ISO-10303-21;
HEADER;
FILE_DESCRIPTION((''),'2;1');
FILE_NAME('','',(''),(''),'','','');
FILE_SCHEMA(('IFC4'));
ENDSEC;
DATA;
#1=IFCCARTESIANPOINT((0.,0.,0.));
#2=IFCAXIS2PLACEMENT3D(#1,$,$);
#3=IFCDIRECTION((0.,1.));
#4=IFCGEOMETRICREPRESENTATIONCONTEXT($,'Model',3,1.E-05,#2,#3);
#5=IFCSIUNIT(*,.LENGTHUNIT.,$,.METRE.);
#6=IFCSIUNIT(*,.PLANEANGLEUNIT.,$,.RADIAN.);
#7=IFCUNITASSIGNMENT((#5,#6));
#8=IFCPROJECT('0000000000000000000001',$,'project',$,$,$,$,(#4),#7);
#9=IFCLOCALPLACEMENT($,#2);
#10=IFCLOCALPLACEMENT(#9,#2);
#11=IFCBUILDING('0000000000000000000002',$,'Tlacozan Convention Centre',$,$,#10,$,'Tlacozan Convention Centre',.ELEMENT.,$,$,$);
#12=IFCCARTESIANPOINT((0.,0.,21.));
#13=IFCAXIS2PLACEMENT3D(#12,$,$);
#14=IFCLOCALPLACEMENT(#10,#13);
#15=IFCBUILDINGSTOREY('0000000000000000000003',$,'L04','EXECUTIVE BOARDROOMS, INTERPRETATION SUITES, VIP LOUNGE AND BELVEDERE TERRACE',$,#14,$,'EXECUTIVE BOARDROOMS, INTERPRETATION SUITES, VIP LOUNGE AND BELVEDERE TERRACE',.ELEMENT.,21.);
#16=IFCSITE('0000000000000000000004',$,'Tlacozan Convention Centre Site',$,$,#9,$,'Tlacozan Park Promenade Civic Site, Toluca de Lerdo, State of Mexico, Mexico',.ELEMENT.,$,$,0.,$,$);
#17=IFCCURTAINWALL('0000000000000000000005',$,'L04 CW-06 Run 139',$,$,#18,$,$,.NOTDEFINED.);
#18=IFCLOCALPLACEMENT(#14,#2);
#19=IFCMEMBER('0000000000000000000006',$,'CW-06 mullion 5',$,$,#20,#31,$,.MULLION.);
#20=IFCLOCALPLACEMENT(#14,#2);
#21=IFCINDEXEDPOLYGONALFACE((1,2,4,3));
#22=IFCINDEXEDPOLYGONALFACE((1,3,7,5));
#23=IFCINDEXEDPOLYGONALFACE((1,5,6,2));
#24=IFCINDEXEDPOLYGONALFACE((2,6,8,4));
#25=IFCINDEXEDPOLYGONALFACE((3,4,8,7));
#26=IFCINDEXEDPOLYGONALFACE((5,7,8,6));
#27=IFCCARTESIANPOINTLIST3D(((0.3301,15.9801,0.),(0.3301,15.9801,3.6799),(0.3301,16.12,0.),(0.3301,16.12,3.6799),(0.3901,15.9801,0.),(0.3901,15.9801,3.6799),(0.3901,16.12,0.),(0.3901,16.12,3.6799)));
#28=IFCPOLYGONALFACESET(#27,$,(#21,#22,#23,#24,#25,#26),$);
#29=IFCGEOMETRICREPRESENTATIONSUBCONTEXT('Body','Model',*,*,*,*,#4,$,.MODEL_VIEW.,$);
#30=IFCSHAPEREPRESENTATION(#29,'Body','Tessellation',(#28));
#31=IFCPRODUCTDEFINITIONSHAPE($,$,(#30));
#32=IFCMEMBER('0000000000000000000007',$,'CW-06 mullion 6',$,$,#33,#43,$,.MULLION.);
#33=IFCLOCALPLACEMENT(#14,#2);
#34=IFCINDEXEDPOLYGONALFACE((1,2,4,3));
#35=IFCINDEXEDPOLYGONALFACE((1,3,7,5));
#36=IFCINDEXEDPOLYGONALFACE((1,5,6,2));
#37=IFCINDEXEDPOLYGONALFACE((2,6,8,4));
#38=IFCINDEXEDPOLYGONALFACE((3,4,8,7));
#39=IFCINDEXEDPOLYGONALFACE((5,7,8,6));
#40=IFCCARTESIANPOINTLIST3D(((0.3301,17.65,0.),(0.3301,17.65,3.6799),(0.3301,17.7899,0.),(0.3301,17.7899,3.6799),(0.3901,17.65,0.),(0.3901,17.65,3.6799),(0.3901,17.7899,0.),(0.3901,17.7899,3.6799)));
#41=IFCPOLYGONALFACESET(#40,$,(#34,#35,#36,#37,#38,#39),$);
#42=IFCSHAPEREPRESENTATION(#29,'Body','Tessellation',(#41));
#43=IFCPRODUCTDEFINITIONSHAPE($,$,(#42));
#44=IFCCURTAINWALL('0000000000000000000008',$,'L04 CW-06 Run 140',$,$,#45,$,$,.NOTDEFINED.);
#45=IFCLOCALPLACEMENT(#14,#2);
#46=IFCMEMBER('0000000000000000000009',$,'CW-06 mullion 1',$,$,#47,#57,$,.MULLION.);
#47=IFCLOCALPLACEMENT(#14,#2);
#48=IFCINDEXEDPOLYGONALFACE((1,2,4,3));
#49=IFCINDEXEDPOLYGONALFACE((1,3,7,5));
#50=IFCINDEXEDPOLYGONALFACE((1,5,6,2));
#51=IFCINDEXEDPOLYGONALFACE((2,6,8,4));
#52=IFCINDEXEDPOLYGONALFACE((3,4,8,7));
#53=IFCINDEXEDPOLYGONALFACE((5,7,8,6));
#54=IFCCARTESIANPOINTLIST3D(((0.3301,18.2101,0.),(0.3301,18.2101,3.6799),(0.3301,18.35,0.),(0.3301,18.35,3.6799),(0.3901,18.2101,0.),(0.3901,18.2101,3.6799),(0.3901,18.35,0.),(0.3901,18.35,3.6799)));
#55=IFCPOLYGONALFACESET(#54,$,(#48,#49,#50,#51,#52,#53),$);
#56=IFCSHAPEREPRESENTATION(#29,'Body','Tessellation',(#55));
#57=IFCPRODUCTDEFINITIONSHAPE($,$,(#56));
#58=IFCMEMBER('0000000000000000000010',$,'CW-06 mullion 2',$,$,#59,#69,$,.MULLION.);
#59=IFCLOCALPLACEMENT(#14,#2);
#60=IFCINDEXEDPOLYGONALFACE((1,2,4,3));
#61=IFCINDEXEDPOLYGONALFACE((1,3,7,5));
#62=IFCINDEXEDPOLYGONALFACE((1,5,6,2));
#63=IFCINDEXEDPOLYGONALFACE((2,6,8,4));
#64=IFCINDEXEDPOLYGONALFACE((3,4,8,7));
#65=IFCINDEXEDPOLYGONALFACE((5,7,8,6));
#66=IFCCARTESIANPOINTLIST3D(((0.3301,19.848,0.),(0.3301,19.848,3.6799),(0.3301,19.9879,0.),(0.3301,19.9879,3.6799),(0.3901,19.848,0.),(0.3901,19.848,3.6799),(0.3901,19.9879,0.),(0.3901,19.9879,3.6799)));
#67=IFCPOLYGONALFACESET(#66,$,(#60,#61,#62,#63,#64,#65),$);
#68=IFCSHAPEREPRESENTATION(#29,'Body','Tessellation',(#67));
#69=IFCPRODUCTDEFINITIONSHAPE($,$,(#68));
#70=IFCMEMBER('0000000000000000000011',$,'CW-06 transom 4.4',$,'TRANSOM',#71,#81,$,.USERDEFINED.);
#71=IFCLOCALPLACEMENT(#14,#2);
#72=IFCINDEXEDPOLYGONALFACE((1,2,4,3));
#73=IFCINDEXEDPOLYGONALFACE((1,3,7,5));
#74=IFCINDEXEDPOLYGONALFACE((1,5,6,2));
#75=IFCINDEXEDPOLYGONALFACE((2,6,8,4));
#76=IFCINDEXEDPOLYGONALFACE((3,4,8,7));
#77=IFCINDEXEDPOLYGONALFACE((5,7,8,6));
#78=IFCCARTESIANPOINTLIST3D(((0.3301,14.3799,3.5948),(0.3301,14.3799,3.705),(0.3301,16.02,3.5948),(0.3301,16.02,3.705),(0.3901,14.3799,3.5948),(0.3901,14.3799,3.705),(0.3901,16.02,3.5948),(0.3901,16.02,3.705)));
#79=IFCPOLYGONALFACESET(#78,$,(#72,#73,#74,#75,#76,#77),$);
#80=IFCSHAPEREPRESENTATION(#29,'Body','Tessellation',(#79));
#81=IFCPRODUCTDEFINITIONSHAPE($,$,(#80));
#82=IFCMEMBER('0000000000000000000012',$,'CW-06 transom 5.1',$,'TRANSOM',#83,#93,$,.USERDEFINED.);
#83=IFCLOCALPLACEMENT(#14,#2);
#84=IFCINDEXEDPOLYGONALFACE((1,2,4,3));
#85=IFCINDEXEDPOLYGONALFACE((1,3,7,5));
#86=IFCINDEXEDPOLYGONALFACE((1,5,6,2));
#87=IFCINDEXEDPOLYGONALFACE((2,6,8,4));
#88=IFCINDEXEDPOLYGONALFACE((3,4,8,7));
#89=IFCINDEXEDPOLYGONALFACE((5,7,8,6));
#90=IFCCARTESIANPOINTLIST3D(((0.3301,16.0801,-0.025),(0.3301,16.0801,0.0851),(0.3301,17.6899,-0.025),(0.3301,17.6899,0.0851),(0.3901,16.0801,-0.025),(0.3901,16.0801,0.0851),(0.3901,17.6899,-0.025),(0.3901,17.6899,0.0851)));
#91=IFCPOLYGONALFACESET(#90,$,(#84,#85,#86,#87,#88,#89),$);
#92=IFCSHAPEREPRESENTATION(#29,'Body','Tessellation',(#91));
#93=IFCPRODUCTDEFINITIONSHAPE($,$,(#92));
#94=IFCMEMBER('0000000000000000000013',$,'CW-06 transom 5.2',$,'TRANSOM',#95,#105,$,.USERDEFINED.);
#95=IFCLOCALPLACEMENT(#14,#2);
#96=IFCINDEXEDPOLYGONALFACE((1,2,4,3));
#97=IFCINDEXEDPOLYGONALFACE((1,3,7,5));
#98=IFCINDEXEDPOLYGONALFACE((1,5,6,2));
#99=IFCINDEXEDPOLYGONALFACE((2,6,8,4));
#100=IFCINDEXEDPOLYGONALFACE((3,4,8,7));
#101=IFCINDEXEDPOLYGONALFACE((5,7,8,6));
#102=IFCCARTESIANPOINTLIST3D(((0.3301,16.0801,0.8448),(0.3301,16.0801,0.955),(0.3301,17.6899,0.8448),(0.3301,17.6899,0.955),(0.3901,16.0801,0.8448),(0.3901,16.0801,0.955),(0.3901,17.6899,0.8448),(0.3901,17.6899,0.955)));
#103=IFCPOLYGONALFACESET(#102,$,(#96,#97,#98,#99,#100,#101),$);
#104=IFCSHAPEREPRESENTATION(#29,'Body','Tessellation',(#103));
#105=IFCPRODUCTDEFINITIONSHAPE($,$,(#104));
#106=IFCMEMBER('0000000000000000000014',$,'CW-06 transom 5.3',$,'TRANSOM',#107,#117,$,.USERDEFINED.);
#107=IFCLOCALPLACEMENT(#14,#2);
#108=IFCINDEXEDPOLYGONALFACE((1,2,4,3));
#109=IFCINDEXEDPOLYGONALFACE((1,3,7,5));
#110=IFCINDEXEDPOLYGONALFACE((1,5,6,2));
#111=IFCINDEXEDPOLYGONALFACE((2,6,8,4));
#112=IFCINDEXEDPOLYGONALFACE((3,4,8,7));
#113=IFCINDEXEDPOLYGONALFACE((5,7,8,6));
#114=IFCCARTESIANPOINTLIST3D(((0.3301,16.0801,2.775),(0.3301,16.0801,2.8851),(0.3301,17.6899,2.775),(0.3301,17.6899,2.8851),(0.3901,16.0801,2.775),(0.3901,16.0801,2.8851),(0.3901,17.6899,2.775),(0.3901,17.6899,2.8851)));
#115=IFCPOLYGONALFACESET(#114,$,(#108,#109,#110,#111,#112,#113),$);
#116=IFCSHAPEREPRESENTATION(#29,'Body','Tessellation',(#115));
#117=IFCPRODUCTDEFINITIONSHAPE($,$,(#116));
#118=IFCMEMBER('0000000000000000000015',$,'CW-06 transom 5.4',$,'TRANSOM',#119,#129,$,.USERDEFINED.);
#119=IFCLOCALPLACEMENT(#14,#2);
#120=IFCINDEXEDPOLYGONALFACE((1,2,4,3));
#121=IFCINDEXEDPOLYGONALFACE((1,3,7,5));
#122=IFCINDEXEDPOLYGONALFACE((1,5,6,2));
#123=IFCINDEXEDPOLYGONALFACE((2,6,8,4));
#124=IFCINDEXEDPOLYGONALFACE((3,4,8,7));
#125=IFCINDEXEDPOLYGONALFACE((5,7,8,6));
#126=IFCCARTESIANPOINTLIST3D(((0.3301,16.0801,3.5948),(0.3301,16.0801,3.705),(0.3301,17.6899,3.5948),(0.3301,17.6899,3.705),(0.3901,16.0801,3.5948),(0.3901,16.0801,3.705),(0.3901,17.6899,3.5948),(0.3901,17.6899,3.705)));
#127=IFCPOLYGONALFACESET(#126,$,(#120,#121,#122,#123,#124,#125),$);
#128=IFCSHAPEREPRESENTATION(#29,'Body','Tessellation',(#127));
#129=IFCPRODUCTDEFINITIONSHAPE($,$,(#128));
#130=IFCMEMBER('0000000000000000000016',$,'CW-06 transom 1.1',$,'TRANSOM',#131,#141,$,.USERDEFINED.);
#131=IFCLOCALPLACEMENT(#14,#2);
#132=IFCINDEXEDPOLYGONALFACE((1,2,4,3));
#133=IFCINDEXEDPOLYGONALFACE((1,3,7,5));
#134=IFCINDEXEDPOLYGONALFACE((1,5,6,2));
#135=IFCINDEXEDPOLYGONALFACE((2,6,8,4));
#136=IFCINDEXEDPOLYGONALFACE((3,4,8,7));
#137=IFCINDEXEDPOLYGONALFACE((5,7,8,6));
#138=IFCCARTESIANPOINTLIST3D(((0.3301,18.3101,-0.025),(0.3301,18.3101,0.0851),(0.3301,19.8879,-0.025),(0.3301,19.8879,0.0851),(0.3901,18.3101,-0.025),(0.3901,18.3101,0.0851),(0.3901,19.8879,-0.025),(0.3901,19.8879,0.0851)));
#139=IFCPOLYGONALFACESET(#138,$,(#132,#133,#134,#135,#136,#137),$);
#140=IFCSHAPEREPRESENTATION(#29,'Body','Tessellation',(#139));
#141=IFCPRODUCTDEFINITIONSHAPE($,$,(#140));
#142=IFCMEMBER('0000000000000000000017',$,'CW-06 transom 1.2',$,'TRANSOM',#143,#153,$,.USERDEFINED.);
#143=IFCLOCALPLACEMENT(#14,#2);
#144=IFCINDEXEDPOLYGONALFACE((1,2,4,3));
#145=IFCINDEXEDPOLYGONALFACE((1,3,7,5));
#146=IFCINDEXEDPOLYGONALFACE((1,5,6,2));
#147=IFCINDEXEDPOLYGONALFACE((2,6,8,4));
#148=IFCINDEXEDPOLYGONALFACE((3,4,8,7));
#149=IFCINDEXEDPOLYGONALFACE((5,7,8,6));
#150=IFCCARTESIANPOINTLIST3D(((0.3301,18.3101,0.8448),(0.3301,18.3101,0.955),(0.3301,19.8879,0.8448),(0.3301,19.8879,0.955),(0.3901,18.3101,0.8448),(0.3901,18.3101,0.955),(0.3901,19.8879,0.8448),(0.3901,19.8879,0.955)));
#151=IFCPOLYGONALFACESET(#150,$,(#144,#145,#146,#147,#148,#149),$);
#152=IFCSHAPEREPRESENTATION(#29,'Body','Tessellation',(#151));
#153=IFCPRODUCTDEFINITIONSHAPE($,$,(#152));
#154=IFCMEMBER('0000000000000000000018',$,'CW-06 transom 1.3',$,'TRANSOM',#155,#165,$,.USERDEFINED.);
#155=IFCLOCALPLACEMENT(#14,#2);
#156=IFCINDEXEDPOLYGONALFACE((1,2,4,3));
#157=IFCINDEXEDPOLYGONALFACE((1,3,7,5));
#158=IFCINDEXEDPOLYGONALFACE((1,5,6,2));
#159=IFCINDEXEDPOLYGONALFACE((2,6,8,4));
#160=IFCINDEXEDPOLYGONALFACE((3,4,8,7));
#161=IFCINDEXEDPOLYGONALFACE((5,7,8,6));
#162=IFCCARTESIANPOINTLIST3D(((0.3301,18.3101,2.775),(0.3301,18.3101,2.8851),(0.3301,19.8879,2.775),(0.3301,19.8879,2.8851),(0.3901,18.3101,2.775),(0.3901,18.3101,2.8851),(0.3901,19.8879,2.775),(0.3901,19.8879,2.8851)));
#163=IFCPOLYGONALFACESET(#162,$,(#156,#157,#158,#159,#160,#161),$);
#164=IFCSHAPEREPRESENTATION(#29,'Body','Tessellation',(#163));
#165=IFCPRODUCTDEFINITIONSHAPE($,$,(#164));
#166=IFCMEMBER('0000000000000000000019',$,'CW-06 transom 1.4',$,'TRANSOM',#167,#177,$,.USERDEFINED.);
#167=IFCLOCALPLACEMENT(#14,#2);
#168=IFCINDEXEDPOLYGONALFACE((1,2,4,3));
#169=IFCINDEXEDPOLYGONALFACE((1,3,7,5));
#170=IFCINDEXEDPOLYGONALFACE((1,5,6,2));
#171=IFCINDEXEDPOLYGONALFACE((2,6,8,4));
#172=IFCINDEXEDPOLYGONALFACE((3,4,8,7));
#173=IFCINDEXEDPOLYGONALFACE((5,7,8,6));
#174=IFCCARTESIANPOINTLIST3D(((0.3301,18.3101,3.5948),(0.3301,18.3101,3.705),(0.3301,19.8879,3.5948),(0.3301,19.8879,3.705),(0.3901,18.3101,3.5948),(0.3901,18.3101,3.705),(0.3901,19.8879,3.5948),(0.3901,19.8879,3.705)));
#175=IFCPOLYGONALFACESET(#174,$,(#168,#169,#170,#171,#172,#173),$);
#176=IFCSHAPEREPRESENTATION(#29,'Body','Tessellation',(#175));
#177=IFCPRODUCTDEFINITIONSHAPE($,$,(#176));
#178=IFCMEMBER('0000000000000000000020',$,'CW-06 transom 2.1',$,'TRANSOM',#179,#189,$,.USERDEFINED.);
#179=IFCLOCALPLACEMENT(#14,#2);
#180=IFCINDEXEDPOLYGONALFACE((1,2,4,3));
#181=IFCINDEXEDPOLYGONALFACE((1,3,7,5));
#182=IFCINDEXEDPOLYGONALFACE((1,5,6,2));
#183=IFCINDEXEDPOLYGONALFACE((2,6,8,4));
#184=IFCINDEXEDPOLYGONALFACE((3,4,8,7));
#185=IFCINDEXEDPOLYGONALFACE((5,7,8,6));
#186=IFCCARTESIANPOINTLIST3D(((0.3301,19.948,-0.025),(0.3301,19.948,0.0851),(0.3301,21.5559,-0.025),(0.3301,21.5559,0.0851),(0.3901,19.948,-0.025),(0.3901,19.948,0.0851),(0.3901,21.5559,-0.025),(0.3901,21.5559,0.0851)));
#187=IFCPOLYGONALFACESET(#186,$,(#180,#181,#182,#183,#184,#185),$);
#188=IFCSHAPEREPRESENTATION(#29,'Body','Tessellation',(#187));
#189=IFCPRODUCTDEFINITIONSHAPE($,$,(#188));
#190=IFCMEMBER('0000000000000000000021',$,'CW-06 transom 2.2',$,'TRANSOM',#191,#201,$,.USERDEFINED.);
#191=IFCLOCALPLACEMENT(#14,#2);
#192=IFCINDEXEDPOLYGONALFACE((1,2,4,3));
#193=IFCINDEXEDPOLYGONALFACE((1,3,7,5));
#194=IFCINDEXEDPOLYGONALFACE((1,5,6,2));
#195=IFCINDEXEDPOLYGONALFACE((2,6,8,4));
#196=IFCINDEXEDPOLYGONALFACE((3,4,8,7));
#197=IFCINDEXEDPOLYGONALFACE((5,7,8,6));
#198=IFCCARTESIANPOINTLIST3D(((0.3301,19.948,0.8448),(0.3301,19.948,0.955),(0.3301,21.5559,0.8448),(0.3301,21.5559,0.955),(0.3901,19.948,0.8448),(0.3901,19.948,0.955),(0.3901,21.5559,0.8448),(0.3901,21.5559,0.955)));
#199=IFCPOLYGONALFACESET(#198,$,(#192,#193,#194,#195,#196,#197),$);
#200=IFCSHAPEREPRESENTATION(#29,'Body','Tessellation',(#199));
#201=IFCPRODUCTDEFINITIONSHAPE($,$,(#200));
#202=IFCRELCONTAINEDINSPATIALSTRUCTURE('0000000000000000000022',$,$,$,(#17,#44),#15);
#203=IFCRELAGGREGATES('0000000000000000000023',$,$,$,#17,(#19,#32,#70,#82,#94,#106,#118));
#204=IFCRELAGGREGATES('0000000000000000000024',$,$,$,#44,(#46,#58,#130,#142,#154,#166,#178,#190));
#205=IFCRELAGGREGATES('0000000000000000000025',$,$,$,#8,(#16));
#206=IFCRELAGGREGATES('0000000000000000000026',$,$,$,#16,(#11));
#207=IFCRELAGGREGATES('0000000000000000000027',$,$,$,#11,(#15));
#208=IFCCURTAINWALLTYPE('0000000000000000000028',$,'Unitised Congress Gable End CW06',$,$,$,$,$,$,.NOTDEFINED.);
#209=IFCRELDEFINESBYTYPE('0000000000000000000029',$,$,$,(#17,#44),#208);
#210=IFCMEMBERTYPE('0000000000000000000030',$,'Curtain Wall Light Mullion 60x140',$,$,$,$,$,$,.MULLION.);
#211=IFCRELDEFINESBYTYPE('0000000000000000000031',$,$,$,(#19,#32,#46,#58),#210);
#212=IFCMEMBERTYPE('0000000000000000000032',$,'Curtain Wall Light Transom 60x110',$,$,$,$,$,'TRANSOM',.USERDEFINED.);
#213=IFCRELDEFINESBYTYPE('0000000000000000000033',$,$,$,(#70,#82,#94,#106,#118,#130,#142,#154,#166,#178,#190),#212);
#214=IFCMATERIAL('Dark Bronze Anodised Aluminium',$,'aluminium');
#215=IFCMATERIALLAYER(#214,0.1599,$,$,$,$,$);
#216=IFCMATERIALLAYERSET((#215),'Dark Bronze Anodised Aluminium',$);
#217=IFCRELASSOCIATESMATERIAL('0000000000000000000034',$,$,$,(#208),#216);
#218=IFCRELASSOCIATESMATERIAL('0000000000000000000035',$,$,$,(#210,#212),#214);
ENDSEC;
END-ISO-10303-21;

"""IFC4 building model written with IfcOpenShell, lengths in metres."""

from ifc_helpers import new_model, si_unit, direction, frame, origin, origin_2d, place, context, subcontext, project, spatial, rectangle, extrude, material, layer, layer_set, material_profile, profile_set, type_object, element, aggregate, save


model = new_model("IFC4")

# Units and contexts
model_context = context("Model", 3, precision=1e-05, world=origin(), true_north=direction((0.0, 1.0)))
body_context = subcontext(model_context, "Body", "Model", "MODEL_VIEW")
ifc_project = project(units=[si_unit("LENGTHUNIT", "METRE"), si_unit("PLANEANGLEUNIT", "RADIAN")], contexts=[model_context])

# Site, building, storey
site_placement = place(None, origin())
site = spatial("IfcSite", under=ifc_project, at=site_placement, Name="Tlacozan Convention Centre Site", LongName="Tlacozan Park Promenade Civic Site, Toluca de Lerdo, State of Mexico, Mexico", CompositionType="ELEMENT", RefElevation=0.0)
building_placement = place(site_placement, origin())
building = spatial("IfcBuilding", under=site, at=building_placement, Name="Tlacozan Convention Centre", LongName="Tlacozan Convention Centre", CompositionType="ELEMENT")
storey_placement = place(building_placement, frame((0.0, 0.0, 21.0)))
storey = spatial("IfcBuildingStorey", under=building, at=storey_placement, Name="L04", Description="EXECUTIVE BOARDROOMS, INTERPRETATION SUITES, VIP LOUNGE AND BELVEDERE TERRACE", LongName="EXECUTIVE BOARDROOMS, INTERPRETATION SUITES, VIP LOUNGE AND BELVEDERE TERRACE", CompositionType="ELEMENT", Elevation=21.0)

# Curtain walls, members
ifc_material_1 = material(Name="Dark Bronze Anodised Aluminium", Category="aluminium")
ifc_layer_1 = layer(ifc_material_1, 0.1599)
ifc_layer_set_1 = layer_set([ifc_layer_1], Name="Dark Bronze Anodised Aluminium")
curtain_wall_type = type_object("IfcCurtainWallType", Name="Unitised Congress Gable End CW06", PredefinedType="NOTDEFINED", material=ifc_layer_set_1)
curtain_wall_1_placement = place(storey_placement, origin())
curtain_wall_1 = element("IfcCurtainWall", 1, at=curtain_wall_1_placement, inside=storey, type_object=curtain_wall_type, Name="L04 CW-06 Run 139", PredefinedType="NOTDEFINED")
ifc_material_profile_1 = material_profile(ifc_material_1, rectangle(XDim=0.0601, YDim=0.1399, at=origin_2d()), Name="ALU 60x140")
ifc_profile_set_1 = profile_set([ifc_material_profile_1], Name="Dark Bronze Anodised Aluminium")
member_type_1 = type_object("IfcMemberType", Name="Curtain Wall Light Mullion 60x140", PredefinedType="MULLION", material=ifc_profile_set_1)
member_1_placement = place(storey_placement, frame((0.3601, 16.05, 0.0), z_axis=(0.0, 0.0, 1.0), x_axis=(-1.0, 0.0, 0.0)))
member_1 = element("IfcMember", 2, at=member_1_placement, type_object=member_type_1, Name="CW-06 mullion 5", PredefinedType="MULLION", context=body_context, shape_type="SweptSolid", body=[
    extrude(rectangle(XDim=0.0601, YDim=0.1399, at=origin_2d()), origin(), (0.0, 0.0, 1.0), 3.6799),
])
member_2_placement = place(storey_placement, frame((0.3601, 17.72, 0.0), z_axis=(0.0, 0.0, 1.0), x_axis=(-1.0, 0.0, 0.0)))
member_2 = element("IfcMember", 3, at=member_2_placement, type_object=member_type_1, Name="CW-06 mullion 6", PredefinedType="MULLION", context=body_context, shape_type="SweptSolid", body=[
    extrude(rectangle(XDim=0.0601, YDim=0.1399, at=origin_2d()), origin(), (0.0, 0.0, 1.0), 3.6799),
])
curtain_wall_2_placement = place(storey_placement, origin())
curtain_wall_2 = element("IfcCurtainWall", 4, at=curtain_wall_2_placement, inside=storey, type_object=curtain_wall_type, Name="L04 CW-06 Run 140", PredefinedType="NOTDEFINED")
member_3_placement = place(storey_placement, frame((0.3601, 18.28, 0.0), z_axis=(0.0, 0.0, 1.0), x_axis=(-1.0, 0.0, 0.0)))
member_3 = element("IfcMember", 5, at=member_3_placement, type_object=member_type_1, Name="CW-06 mullion 1", PredefinedType="MULLION", context=body_context, shape_type="SweptSolid", body=[
    extrude(rectangle(XDim=0.0601, YDim=0.1399, at=origin_2d()), origin(), (0.0, 0.0, 1.0), 3.6799),
])
member_4_placement = place(storey_placement, frame((0.3601, 19.918, 0.0), z_axis=(0.0, 0.0, 1.0), x_axis=(-1.0, 0.0, 0.0)))
member_4 = element("IfcMember", 6, at=member_4_placement, type_object=member_type_1, Name="CW-06 mullion 2", PredefinedType="MULLION", context=body_context, shape_type="SweptSolid", body=[
    extrude(rectangle(XDim=0.0601, YDim=0.1399, at=origin_2d()), origin(), (0.0, 0.0, 1.0), 3.6799),
])

# Members
ifc_material_profile_2 = material_profile(ifc_material_1, rectangle(XDim=0.0601, YDim=0.1101, at=origin_2d()), Name="ALU 60x110")
ifc_profile_set_2 = profile_set([ifc_material_profile_2], Name="Dark Bronze Anodised Aluminium")
member_type_2 = type_object("IfcMemberType", Name="Curtain Wall Light Transom 60x110", ElementType="TRANSOM", PredefinedType="USERDEFINED", material=ifc_profile_set_2)
member_5_placement = place(storey_placement, frame((0.3601, 14.3799, 3.6499), z_axis=(0.0, 1.0, 0.0), x_axis=(-1.0, 0.0, 0.0)))
member_5 = element("IfcMember", 7, at=member_5_placement, type_object=member_type_2, Name="CW-06 transom 4.4", ObjectType="TRANSOM", PredefinedType="USERDEFINED", context=body_context, shape_type="SweptSolid", body=[
    extrude(rectangle(XDim=0.0601, YDim=0.1101, at=origin_2d()), origin(), (0.0, 0.0, 1.0), 1.6401),
])
member_6_placement = place(storey_placement, frame((0.3601, 16.0801, 0.03), z_axis=(0.0, 1.0, 0.0), x_axis=(-1.0, 0.0, 0.0)))
member_6 = element("IfcMember", 8, at=member_6_placement, type_object=member_type_2, Name="CW-06 transom 5.1", ObjectType="TRANSOM", PredefinedType="USERDEFINED", context=body_context, shape_type="SweptSolid", body=[
    extrude(rectangle(XDim=0.0601, YDim=0.1101, at=origin_2d()), origin(), (0.0, 0.0, 1.0), 1.6099),
])
member_7_placement = place(storey_placement, frame((0.3601, 16.0801, 0.8999), z_axis=(0.0, 1.0, 0.0), x_axis=(-1.0, 0.0, 0.0)))
member_7 = element("IfcMember", 9, at=member_7_placement, type_object=member_type_2, Name="CW-06 transom 5.2", ObjectType="TRANSOM", PredefinedType="USERDEFINED", context=body_context, shape_type="SweptSolid", body=[
    extrude(rectangle(XDim=0.0601, YDim=0.1101, at=origin_2d()), origin(), (0.0, 0.0, 1.0), 1.6099),
])
member_8_placement = place(storey_placement, frame((0.3601, 16.0801, 2.8301), z_axis=(0.0, 1.0, 0.0), x_axis=(-1.0, 0.0, 0.0)))
member_8 = element("IfcMember", 10, at=member_8_placement, type_object=member_type_2, Name="CW-06 transom 5.3", ObjectType="TRANSOM", PredefinedType="USERDEFINED", context=body_context, shape_type="SweptSolid", body=[
    extrude(rectangle(XDim=0.0601, YDim=0.1101, at=origin_2d()), origin(), (0.0, 0.0, 1.0), 1.6099),
])
member_9_placement = place(storey_placement, frame((0.3601, 16.0801, 3.6499), z_axis=(0.0, 1.0, 0.0), x_axis=(-1.0, 0.0, 0.0)))
member_9 = element("IfcMember", 11, at=member_9_placement, type_object=member_type_2, Name="CW-06 transom 5.4", ObjectType="TRANSOM", PredefinedType="USERDEFINED", context=body_context, shape_type="SweptSolid", body=[
    extrude(rectangle(XDim=0.0601, YDim=0.1101, at=origin_2d()), origin(), (0.0, 0.0, 1.0), 1.6099),
])
member_10_placement = place(storey_placement, frame((0.3601, 18.3101, 0.03), z_axis=(0.0, 1.0, 0.0), x_axis=(-1.0, 0.0, 0.0)))
member_10 = element("IfcMember", 12, at=member_10_placement, type_object=member_type_2, Name="CW-06 transom 1.1", ObjectType="TRANSOM", PredefinedType="USERDEFINED", context=body_context, shape_type="SweptSolid", body=[
    extrude(rectangle(XDim=0.0601, YDim=0.1101, at=origin_2d()), origin(), (0.0, 0.0, 1.0), 1.5779),
])
member_11_placement = place(storey_placement, frame((0.3601, 18.3101, 0.8999), z_axis=(0.0, 1.0, 0.0), x_axis=(-1.0, 0.0, 0.0)))
member_11 = element("IfcMember", 13, at=member_11_placement, type_object=member_type_2, Name="CW-06 transom 1.2", ObjectType="TRANSOM", PredefinedType="USERDEFINED", context=body_context, shape_type="SweptSolid", body=[
    extrude(rectangle(XDim=0.0601, YDim=0.1101, at=origin_2d()), origin(), (0.0, 0.0, 1.0), 1.5779),
])
member_12_placement = place(storey_placement, frame((0.3601, 18.3101, 2.8301), z_axis=(0.0, 1.0, 0.0), x_axis=(-1.0, 0.0, 0.0)))
member_12 = element("IfcMember", 14, at=member_12_placement, type_object=member_type_2, Name="CW-06 transom 1.3", ObjectType="TRANSOM", PredefinedType="USERDEFINED", context=body_context, shape_type="SweptSolid", body=[
    extrude(rectangle(XDim=0.0601, YDim=0.1101, at=origin_2d()), origin(), (0.0, 0.0, 1.0), 1.5779),
])
member_13_placement = place(storey_placement, frame((0.3601, 18.3101, 3.6499), z_axis=(0.0, 1.0, 0.0), x_axis=(-1.0, 0.0, 0.0)))
member_13 = element("IfcMember", 15, at=member_13_placement, type_object=member_type_2, Name="CW-06 transom 1.4", ObjectType="TRANSOM", PredefinedType="USERDEFINED", context=body_context, shape_type="SweptSolid", body=[
    extrude(rectangle(XDim=0.0601, YDim=0.1101, at=origin_2d()), origin(), (0.0, 0.0, 1.0), 1.5779),
])
member_14_placement = place(storey_placement, frame((0.3601, 19.948, 0.03), z_axis=(0.0, 1.0, 0.0), x_axis=(-1.0, 0.0, 0.0)))
member_14 = element("IfcMember", 16, at=member_14_placement, type_object=member_type_2, Name="CW-06 transom 2.1", ObjectType="TRANSOM", PredefinedType="USERDEFINED", context=body_context, shape_type="SweptSolid", body=[
    extrude(rectangle(XDim=0.0601, YDim=0.1101, at=origin_2d()), origin(), (0.0, 0.0, 1.0), 1.6079),
])
member_15_placement = place(storey_placement, frame((0.3601, 19.948, 0.8999), z_axis=(0.0, 1.0, 0.0), x_axis=(-1.0, 0.0, 0.0)))
member_15 = element("IfcMember", 17, at=member_15_placement, type_object=member_type_2, Name="CW-06 transom 2.2", ObjectType="TRANSOM", PredefinedType="USERDEFINED", context=body_context, shape_type="SweptSolid", body=[
    extrude(rectangle(XDim=0.0601, YDim=0.1101, at=origin_2d()), origin(), (0.0, 0.0, 1.0), 1.6079),
])

aggregate(curtain_wall_1, [member_1, member_2, member_5, member_6, member_7, member_8, member_9])
aggregate(curtain_wall_2, [member_3, member_4, member_10, member_11, member_12, member_13, member_14, member_15])

save(model, "model.ifc")
